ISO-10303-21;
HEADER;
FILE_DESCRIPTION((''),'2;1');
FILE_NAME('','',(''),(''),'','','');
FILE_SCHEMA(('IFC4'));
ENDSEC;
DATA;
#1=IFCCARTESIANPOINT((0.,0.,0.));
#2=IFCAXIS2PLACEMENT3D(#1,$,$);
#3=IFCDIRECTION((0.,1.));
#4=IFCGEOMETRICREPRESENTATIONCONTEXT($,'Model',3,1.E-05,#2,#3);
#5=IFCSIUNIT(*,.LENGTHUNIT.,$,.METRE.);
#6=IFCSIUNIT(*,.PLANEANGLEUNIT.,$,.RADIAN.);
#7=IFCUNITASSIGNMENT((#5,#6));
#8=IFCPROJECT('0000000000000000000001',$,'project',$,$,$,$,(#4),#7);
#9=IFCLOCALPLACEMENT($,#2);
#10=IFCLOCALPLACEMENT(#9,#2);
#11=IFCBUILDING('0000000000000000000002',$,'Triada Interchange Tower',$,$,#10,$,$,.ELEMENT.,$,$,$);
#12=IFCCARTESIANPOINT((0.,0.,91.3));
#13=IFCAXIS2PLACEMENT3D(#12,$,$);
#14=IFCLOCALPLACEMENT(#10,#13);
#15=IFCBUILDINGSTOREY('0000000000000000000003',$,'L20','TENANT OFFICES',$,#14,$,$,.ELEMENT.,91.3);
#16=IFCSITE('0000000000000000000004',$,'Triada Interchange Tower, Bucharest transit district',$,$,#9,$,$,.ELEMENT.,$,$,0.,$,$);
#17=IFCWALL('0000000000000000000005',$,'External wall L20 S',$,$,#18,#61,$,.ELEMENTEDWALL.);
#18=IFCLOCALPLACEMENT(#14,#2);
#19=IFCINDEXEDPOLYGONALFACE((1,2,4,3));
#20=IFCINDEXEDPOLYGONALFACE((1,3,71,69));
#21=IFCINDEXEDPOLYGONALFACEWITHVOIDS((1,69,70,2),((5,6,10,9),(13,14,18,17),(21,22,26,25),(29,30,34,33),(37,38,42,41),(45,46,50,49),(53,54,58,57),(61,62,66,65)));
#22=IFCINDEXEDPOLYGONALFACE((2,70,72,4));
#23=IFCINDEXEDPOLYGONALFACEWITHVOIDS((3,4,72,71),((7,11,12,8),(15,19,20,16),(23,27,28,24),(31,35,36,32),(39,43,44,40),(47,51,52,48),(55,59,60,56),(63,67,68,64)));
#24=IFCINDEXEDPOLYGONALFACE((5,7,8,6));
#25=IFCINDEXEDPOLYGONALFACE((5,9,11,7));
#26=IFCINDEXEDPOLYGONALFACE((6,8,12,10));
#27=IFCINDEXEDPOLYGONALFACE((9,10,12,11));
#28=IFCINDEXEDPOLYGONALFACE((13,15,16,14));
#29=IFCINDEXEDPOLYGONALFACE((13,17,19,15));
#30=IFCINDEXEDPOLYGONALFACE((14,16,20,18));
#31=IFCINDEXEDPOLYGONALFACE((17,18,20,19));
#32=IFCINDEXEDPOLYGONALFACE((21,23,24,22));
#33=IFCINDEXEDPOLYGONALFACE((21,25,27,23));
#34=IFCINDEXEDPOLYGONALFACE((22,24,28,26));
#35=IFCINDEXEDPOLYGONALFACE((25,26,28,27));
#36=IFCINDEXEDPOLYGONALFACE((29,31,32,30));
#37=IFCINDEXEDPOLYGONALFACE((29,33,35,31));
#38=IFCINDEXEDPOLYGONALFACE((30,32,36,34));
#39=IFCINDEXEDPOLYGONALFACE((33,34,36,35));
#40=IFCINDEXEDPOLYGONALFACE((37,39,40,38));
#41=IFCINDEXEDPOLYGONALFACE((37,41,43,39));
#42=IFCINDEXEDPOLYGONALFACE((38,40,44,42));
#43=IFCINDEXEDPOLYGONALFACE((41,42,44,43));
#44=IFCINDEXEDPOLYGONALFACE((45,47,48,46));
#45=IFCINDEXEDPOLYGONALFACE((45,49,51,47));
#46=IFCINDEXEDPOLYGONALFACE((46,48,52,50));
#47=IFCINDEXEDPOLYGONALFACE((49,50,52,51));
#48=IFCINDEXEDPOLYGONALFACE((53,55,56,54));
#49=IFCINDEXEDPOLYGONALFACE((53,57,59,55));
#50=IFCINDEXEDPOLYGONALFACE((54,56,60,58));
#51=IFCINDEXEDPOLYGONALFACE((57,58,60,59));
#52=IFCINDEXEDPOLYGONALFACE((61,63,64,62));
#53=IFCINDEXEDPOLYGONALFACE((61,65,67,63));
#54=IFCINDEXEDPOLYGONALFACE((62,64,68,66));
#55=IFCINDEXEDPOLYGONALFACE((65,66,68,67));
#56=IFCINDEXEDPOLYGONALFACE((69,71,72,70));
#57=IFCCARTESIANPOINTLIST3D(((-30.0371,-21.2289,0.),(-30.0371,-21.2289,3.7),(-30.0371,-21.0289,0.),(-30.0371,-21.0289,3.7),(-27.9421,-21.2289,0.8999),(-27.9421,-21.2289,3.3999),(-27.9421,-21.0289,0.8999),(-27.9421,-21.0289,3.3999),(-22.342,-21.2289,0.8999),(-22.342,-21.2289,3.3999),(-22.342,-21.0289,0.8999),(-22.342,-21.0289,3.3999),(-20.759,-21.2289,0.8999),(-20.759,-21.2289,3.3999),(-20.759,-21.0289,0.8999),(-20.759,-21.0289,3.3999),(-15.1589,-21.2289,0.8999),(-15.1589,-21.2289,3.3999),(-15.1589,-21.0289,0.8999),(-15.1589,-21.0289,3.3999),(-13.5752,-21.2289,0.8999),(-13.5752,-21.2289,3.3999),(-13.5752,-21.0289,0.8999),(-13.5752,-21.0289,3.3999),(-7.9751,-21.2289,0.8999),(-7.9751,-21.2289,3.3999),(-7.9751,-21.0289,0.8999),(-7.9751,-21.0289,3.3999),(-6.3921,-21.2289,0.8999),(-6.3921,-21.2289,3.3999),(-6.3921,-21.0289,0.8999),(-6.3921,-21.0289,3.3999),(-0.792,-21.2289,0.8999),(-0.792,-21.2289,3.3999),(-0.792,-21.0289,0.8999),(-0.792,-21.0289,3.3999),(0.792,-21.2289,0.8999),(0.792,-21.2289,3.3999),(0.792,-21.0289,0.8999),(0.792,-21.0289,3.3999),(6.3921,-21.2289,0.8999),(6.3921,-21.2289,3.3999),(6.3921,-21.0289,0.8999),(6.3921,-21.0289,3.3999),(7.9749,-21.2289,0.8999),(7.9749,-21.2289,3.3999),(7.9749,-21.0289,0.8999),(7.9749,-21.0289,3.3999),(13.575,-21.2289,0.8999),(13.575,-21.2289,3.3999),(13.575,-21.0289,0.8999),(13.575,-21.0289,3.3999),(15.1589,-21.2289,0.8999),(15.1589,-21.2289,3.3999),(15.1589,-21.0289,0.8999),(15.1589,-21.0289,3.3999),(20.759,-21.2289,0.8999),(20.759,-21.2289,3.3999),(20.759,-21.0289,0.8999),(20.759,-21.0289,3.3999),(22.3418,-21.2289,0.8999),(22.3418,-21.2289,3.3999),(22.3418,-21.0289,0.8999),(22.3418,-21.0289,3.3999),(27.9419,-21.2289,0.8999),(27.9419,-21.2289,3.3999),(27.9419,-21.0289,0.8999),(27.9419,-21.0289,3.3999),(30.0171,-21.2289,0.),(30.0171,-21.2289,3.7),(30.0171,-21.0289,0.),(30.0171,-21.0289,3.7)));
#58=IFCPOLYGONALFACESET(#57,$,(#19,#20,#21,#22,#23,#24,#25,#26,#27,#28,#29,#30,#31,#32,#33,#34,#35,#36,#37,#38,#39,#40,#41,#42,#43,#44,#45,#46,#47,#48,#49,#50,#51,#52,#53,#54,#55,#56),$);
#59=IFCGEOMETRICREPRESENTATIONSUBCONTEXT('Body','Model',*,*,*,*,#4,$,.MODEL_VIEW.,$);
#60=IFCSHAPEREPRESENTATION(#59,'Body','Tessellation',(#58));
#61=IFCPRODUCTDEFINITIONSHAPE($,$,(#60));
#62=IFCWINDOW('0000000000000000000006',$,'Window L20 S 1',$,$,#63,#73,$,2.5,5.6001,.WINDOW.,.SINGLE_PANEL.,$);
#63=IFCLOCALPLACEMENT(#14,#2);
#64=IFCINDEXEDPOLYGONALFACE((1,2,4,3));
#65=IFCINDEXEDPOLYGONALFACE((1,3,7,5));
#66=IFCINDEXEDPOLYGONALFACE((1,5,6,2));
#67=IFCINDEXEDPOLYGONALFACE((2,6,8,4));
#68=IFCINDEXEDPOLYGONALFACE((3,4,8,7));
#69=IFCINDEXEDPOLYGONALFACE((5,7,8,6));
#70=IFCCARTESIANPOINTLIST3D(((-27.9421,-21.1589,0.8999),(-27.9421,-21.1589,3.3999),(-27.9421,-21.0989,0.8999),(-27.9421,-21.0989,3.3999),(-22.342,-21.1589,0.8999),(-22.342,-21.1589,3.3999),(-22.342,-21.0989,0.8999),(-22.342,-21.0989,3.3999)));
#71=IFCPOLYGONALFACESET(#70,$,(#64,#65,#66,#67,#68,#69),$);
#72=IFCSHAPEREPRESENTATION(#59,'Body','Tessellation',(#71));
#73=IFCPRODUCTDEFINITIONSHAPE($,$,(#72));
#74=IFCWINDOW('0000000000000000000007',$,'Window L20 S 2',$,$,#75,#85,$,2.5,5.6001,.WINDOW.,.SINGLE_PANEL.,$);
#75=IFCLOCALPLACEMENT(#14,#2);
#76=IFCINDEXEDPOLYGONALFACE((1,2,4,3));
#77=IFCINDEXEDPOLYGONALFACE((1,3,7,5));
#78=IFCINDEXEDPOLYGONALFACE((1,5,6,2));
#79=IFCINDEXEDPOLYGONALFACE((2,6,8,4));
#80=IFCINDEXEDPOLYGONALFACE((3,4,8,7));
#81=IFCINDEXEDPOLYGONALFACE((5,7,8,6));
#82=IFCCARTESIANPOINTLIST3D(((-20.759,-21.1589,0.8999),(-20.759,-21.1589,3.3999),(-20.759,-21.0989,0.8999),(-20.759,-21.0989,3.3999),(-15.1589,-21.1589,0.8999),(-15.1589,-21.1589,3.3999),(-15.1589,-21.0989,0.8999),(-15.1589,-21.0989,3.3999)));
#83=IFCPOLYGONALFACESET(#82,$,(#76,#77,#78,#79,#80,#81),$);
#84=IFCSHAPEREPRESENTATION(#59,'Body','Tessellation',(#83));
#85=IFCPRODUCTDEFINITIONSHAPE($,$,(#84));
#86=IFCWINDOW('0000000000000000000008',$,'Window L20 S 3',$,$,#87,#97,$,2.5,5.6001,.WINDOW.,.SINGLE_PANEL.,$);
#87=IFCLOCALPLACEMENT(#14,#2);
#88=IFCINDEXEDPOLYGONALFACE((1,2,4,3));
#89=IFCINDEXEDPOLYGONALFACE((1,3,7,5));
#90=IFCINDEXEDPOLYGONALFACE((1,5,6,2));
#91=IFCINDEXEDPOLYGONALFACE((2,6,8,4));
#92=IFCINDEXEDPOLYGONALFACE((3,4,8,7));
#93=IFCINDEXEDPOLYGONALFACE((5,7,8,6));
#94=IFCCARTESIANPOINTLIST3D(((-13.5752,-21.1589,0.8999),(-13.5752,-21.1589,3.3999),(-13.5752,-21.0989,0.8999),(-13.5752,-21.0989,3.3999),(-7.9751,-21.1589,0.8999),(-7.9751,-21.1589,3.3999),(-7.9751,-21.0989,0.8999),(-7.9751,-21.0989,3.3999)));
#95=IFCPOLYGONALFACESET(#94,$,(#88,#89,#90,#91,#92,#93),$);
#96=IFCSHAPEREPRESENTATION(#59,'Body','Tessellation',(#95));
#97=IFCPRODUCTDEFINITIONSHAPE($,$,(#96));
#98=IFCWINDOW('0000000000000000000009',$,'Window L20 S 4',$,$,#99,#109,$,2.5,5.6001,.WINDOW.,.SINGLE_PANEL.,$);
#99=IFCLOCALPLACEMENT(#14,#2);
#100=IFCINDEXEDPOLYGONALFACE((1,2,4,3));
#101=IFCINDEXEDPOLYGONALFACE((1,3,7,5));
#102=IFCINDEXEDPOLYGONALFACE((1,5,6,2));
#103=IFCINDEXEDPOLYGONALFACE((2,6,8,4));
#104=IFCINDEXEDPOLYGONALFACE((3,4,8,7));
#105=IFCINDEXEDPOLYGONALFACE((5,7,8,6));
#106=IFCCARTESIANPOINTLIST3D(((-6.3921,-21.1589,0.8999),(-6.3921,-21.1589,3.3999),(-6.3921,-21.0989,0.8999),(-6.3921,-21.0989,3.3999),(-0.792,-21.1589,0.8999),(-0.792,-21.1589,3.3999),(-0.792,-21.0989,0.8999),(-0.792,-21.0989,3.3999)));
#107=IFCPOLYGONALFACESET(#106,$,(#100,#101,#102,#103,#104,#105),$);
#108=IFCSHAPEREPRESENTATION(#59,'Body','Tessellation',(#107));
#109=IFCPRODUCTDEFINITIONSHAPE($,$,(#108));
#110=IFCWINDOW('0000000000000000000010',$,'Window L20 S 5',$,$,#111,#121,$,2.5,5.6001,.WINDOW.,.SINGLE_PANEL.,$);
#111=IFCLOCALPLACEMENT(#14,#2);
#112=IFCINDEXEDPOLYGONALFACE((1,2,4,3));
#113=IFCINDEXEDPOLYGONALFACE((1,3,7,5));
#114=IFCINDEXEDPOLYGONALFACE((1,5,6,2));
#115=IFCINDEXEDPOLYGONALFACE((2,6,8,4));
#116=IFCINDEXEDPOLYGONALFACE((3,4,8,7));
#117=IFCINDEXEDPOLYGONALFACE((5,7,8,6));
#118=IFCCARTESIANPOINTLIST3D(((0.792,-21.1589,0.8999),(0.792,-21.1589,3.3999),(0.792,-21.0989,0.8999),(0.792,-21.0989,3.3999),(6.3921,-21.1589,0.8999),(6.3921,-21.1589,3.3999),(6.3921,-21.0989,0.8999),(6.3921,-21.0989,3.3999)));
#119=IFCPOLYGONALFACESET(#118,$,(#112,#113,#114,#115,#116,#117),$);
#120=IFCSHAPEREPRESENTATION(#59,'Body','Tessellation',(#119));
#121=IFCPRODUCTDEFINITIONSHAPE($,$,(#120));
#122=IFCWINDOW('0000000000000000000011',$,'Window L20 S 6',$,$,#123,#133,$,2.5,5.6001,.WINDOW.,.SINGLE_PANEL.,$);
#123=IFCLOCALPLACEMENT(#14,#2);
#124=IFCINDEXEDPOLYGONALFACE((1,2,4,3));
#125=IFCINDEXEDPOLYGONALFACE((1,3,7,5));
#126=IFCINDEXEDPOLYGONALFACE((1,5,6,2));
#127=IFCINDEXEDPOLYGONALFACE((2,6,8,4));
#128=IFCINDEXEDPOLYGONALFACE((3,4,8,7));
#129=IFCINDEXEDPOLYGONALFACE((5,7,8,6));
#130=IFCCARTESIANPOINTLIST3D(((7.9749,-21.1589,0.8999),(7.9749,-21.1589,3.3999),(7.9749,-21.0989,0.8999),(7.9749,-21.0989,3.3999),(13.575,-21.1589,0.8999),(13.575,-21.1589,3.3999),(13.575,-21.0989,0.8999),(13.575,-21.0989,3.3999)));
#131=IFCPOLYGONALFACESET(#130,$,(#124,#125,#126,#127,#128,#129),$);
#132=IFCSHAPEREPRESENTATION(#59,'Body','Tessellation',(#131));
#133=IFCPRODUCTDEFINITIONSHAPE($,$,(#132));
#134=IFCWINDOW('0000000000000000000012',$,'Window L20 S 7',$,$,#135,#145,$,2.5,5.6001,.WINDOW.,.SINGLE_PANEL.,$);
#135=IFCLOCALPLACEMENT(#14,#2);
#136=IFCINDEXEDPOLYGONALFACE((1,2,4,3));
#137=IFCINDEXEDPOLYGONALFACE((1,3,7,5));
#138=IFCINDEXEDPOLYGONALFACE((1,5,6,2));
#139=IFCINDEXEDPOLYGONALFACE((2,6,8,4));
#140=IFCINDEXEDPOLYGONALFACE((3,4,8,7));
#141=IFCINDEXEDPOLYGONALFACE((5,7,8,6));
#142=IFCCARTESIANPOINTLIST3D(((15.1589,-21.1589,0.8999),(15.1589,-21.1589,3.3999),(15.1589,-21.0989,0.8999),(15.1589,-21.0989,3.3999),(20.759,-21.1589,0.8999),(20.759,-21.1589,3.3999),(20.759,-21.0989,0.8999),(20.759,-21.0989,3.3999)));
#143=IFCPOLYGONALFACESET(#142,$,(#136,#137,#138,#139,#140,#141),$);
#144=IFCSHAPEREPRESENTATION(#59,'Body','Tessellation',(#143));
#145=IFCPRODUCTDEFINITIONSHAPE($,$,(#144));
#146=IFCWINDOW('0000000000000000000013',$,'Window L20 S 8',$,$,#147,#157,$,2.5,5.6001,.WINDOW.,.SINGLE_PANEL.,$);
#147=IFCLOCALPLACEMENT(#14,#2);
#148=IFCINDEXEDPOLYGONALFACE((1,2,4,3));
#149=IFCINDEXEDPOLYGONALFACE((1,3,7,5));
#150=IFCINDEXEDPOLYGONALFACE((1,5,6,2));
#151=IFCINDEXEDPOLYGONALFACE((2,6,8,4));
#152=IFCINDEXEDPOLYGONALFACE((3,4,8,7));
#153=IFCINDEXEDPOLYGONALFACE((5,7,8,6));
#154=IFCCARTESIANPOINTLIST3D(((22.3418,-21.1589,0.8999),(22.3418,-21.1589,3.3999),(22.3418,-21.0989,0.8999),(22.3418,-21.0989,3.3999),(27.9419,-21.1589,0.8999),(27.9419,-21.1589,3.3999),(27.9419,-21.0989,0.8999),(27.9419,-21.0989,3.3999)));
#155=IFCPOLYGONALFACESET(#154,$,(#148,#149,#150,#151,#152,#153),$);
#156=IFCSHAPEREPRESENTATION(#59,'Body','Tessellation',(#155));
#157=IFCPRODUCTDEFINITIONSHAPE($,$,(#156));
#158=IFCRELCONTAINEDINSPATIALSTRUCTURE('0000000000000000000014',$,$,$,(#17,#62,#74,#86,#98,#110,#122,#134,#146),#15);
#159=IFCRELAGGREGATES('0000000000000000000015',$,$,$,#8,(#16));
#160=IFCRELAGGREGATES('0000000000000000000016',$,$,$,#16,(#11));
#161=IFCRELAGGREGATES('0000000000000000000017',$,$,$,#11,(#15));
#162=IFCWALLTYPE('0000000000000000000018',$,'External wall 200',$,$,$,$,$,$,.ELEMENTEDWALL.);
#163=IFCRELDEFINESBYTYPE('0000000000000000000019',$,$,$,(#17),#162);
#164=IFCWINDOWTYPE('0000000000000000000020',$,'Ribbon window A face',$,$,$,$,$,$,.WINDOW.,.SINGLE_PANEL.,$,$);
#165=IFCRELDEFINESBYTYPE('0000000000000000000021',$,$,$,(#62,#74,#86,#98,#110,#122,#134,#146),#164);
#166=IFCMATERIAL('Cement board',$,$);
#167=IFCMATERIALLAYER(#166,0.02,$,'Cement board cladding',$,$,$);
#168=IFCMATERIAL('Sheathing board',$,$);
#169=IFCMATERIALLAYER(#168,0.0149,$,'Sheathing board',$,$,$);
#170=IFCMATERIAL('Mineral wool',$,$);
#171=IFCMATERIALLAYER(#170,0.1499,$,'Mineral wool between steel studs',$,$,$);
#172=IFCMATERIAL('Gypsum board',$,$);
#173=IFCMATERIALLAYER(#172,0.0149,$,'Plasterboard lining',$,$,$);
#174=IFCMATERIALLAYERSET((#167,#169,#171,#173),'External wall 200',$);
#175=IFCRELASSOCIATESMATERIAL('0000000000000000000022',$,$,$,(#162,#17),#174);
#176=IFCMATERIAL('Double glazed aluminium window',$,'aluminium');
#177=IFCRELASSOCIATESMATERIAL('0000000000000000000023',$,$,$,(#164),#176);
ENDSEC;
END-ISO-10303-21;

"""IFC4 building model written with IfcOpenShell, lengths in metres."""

from ifc_helpers import new_model, si_unit, direction, frame, frame_2d, origin, place, context, subcontext, project, spatial, rectangle, extrude, material, layer, layer_set, layer_usage, type_object, element, fill, save


model = new_model("IFC4")

# Units and contexts
model_context = context("Model", 3, precision=1e-05, world=origin(), true_north=direction((0.0, 1.0)))
body_context = subcontext(model_context, "Body", "Model", "MODEL_VIEW")
ifc_project = project(units=[si_unit("LENGTHUNIT", "METRE"), si_unit("PLANEANGLEUNIT", "RADIAN")], contexts=[model_context])

# Site, building, storey
site_placement = place(None, origin())
site = spatial("IfcSite", under=ifc_project, at=site_placement, Name="Triada Interchange Tower, Bucharest transit district", CompositionType="ELEMENT", RefElevation=0.0)
building_placement = place(site_placement, origin())
building = spatial("IfcBuilding", under=site, at=building_placement, Name="Triada Interchange Tower", CompositionType="ELEMENT")
storey_placement = place(building_placement, frame((0.0, 0.0, 91.3)))
storey = spatial("IfcBuildingStorey", under=building, at=storey_placement, Name="L20", Description="TENANT OFFICES", CompositionType="ELEMENT", Elevation=91.3)

# Shared definitions
ifc_material_1 = material(Name="Cement board")
ifc_layer_1 = layer(ifc_material_1, 0.02, Name="Cement board cladding")
ifc_material_2 = material(Name="Sheathing board")
ifc_layer_2 = layer(ifc_material_2, 0.0149, Name="Sheathing board")
ifc_material_3 = material(Name="Mineral wool")
ifc_layer_3 = layer(ifc_material_3, 0.1499, Name="Mineral wool between steel studs")
ifc_material_4 = material(Name="Gypsum board")
ifc_layer_4 = layer(ifc_material_4, 0.0149, Name="Plasterboard lining")
ifc_layer_set_1 = layer_set([ifc_layer_1, ifc_layer_2, ifc_layer_3, ifc_layer_4], Name="External wall 200")
ifc_layer_usage = layer_usage(ifc_layer_set_1, "AXIS2", "POSITIVE", -0.1001)
wall_type_1 = type_object("IfcWallType", Name="External wall 200", PredefinedType="ELEMENTEDWALL", material=ifc_layer_set_1)
ifc_material_5 = material(Name="Double glazed aluminium window", Category="aluminium")

# Wall, openings, windows
wall_1_placement = place(storey_placement, frame((-30.0371, -21.1289, 0.0), z_axis=(0.0, 0.0, 1.0), x_axis=(1.0, 0.0, 0.0)))
wall_1 = element("IfcWall", 1, at=wall_1_placement, inside=storey, type_object=wall_type_1, material=ifc_layer_usage, Name="External wall L20 S", PredefinedType="ELEMENTEDWALL", context=body_context, shape_type="SweptSolid", body=[
    extrude(rectangle(XDim=60.0542, YDim=0.2, at=frame_2d((30.0271, 0.0))), origin(), (0.0, 0.0, 1.0), 3.7),
])
opening_1_placement = place(wall_1_placement, frame((2.095, 0.0, 0.8999)))
opening_1 = element("IfcOpeningElement", 2, at=opening_1_placement, cuts=wall_1, PredefinedType="OPENING", context=body_context, shape_type="SweptSolid", body=[
    extrude(rectangle(XDim=5.6001, YDim=2.5, at=frame_2d((2.8, 1.25))), frame((0.0, 0.1099, 0.0), z_axis=(0.0, -1.0, 0.0), x_axis=(1.0, 0.0, 0.0)), (0.0, 0.0, 1.0), 0.22),
])
opening_2_placement = place(wall_1_placement, frame((9.2781, 0.0, 0.8999)))
opening_2 = element("IfcOpeningElement", 3, at=opening_2_placement, cuts=wall_1, PredefinedType="OPENING", context=body_context, shape_type="SweptSolid", body=[
    extrude(rectangle(XDim=5.6001, YDim=2.5, at=frame_2d((2.8, 1.25))), frame((0.0, 0.1099, 0.0), z_axis=(0.0, -1.0, 0.0), x_axis=(1.0, 0.0, 0.0)), (0.0, 0.0, 1.0), 0.22),
])
opening_3_placement = place(wall_1_placement, frame((16.4619, 0.0, 0.8999)))
opening_3 = element("IfcOpeningElement", 4, at=opening_3_placement, cuts=wall_1, PredefinedType="OPENING", context=body_context, shape_type="SweptSolid", body=[
    extrude(rectangle(XDim=5.6001, YDim=2.5, at=frame_2d((2.8, 1.25))), frame((0.0, 0.1099, 0.0), z_axis=(0.0, -1.0, 0.0), x_axis=(1.0, 0.0, 0.0)), (0.0, 0.0, 1.0), 0.22),
])
opening_4_placement = place(wall_1_placement, frame((23.645, 0.0, 0.8999)))
opening_4 = element("IfcOpeningElement", 5, at=opening_4_placement, cuts=wall_1, PredefinedType="OPENING", context=body_context, shape_type="SweptSolid", body=[
    extrude(rectangle(XDim=5.6001, YDim=2.5, at=frame_2d((2.8, 1.25))), frame((0.0, 0.1099, 0.0), z_axis=(0.0, -1.0, 0.0), x_axis=(1.0, 0.0, 0.0)), (0.0, 0.0, 1.0), 0.22),
])
opening_5_placement = place(wall_1_placement, frame((30.8291, 0.0, 0.8999)))
opening_5 = element("IfcOpeningElement", 6, at=opening_5_placement, cuts=wall_1, PredefinedType="OPENING", context=body_context, shape_type="SweptSolid", body=[
    extrude(rectangle(XDim=5.6001, YDim=2.5, at=frame_2d((2.8, 1.25))), frame((0.0, 0.1099, 0.0), z_axis=(0.0, -1.0, 0.0), x_axis=(1.0, 0.0, 0.0)), (0.0, 0.0, 1.0), 0.22),
])
opening_6_placement = place(wall_1_placement, frame((38.012, 0.0, 0.8999)))
opening_6 = element("IfcOpeningElement", 7, at=opening_6_placement, cuts=wall_1, PredefinedType="OPENING", context=body_context, shape_type="SweptSolid", body=[
    extrude(rectangle(XDim=5.6001, YDim=2.5, at=frame_2d((2.8, 1.25))), frame((0.0, 0.1099, 0.0), z_axis=(0.0, -1.0, 0.0), x_axis=(1.0, 0.0, 0.0)), (0.0, 0.0, 1.0), 0.22),
])
opening_7_placement = place(wall_1_placement, frame((45.196, 0.0, 0.8999)))
opening_7 = element("IfcOpeningElement", 8, at=opening_7_placement, cuts=wall_1, PredefinedType="OPENING", context=body_context, shape_type="SweptSolid", body=[
    extrude(rectangle(XDim=5.6001, YDim=2.5, at=frame_2d((2.8, 1.25))), frame((0.0, 0.1099, 0.0), z_axis=(0.0, -1.0, 0.0), x_axis=(1.0, 0.0, 0.0)), (0.0, 0.0, 1.0), 0.22),
])
opening_8_placement = place(wall_1_placement, frame((52.3789, 0.0, 0.8999)))
opening_8 = element("IfcOpeningElement", 9, at=opening_8_placement, cuts=wall_1, PredefinedType="OPENING", context=body_context, shape_type="SweptSolid", body=[
    extrude(rectangle(XDim=5.6001, YDim=2.5, at=frame_2d((2.8, 1.25))), frame((0.0, 0.1099, 0.0), z_axis=(0.0, -1.0, 0.0), x_axis=(1.0, 0.0, 0.0)), (0.0, 0.0, 1.0), 0.22),
])
window_type_1 = type_object("IfcWindowType", Name="Ribbon window A face", PartitioningType="SINGLE_PANEL", PredefinedType="WINDOW", material=ifc_material_5)
window_1_placement = place(opening_1_placement, origin())
window_1 = element("IfcWindow", 10, at=window_1_placement, inside=storey, type_object=window_type_1, Name="Window L20 S 1", OverallHeight=2.5, OverallWidth=5.6001, PartitioningType="SINGLE_PANEL", PredefinedType="WINDOW", context=body_context, shape_type="SweptSolid", body=[
    extrude(rectangle(XDim=5.6001, YDim=2.5, at=frame_2d((2.8, 1.25))), frame((0.0, 0.03, 0.0), z_axis=(0.0, -1.0, 0.0), x_axis=(1.0, 0.0, 0.0)), (0.0, 0.0, 1.0), 0.0601),
])
fill(opening_1, window_1)
window_2_placement = place(opening_2_placement, origin())
window_2 = element("IfcWindow", 11, at=window_2_placement, inside=storey, type_object=window_type_1, Name="Window L20 S 2", OverallHeight=2.5, OverallWidth=5.6001, PartitioningType="SINGLE_PANEL", PredefinedType="WINDOW", context=body_context, shape_type="SweptSolid", body=[
    extrude(rectangle(XDim=5.6001, YDim=2.5, at=frame_2d((2.8, 1.25))), frame((0.0, 0.03, 0.0), z_axis=(0.0, -1.0, 0.0), x_axis=(1.0, 0.0, 0.0)), (0.0, 0.0, 1.0), 0.0601),
])
fill(opening_2, window_2)
window_3_placement = place(opening_3_placement, origin())
window_3 = element("IfcWindow", 12, at=window_3_placement, inside=storey, type_object=window_type_1, Name="Window L20 S 3", OverallHeight=2.5, OverallWidth=5.6001, PartitioningType="SINGLE_PANEL", PredefinedType="WINDOW", context=body_context, shape_type="SweptSolid", body=[
    extrude(rectangle(XDim=5.6001, YDim=2.5, at=frame_2d((2.8, 1.25))), frame((0.0, 0.03, 0.0), z_axis=(0.0, -1.0, 0.0), x_axis=(1.0, 0.0, 0.0)), (0.0, 0.0, 1.0), 0.0601),
])
fill(opening_3, window_3)
window_4_placement = place(opening_4_placement, origin())
window_4 = element("IfcWindow", 13, at=window_4_placement, inside=storey, type_object=window_type_1, Name="Window L20 S 4", OverallHeight=2.5, OverallWidth=5.6001, PartitioningType="SINGLE_PANEL", PredefinedType="WINDOW", context=body_context, shape_type="SweptSolid", body=[
    extrude(rectangle(XDim=5.6001, YDim=2.5, at=frame_2d((2.8, 1.25))), frame((0.0, 0.03, 0.0), z_axis=(0.0, -1.0, 0.0), x_axis=(1.0, 0.0, 0.0)), (0.0, 0.0, 1.0), 0.0601),
])
fill(opening_4, window_4)
window_5_placement = place(opening_5_placement, origin())
window_5 = element("IfcWindow", 14, at=window_5_placement, inside=storey, type_object=window_type_1, Name="Window L20 S 5", OverallHeight=2.5, OverallWidth=5.6001, PartitioningType="SINGLE_PANEL", PredefinedType="WINDOW", context=body_context, shape_type="SweptSolid", body=[
    extrude(rectangle(XDim=5.6001, YDim=2.5, at=frame_2d((2.8, 1.25))), frame((0.0, 0.03, 0.0), z_axis=(0.0, -1.0, 0.0), x_axis=(1.0, 0.0, 0.0)), (0.0, 0.0, 1.0), 0.0601),
])
fill(opening_5, window_5)
window_6_placement = place(opening_6_placement, origin())
window_6 = element("IfcWindow", 15, at=window_6_placement, inside=storey, type_object=window_type_1, Name="Window L20 S 6", OverallHeight=2.5, OverallWidth=5.6001, PartitioningType="SINGLE_PANEL", PredefinedType="WINDOW", context=body_context, shape_type="SweptSolid", body=[
    extrude(rectangle(XDim=5.6001, YDim=2.5, at=frame_2d((2.8, 1.25))), frame((0.0, 0.03, 0.0), z_axis=(0.0, -1.0, 0.0), x_axis=(1.0, 0.0, 0.0)), (0.0, 0.0, 1.0), 0.0601),
])
fill(opening_6, window_6)
window_7_placement = place(opening_7_placement, origin())
window_7 = element("IfcWindow", 16, at=window_7_placement, inside=storey, type_object=window_type_1, Name="Window L20 S 7", OverallHeight=2.5, OverallWidth=5.6001, PartitioningType="SINGLE_PANEL", PredefinedType="WINDOW", context=body_context, shape_type="SweptSolid", body=[
    extrude(rectangle(XDim=5.6001, YDim=2.5, at=frame_2d((2.8, 1.25))), frame((0.0, 0.03, 0.0), z_axis=(0.0, -1.0, 0.0), x_axis=(1.0, 0.0, 0.0)), (0.0, 0.0, 1.0), 0.0601),
])
fill(opening_7, window_7)
window_8_placement = place(opening_8_placement, origin())
window_8 = element("IfcWindow", 17, at=window_8_placement, inside=storey, type_object=window_type_1, Name="Window L20 S 8", OverallHeight=2.5, OverallWidth=5.6001, PartitioningType="SINGLE_PANEL", PredefinedType="WINDOW", context=body_context, shape_type="SweptSolid", body=[
    extrude(rectangle(XDim=5.6001, YDim=2.5, at=frame_2d((2.8, 1.25))), frame((0.0, 0.03, 0.0), z_axis=(0.0, -1.0, 0.0), x_axis=(1.0, 0.0, 0.0)), (0.0, 0.0, 1.0), 0.0601),
])
fill(opening_8, window_8)

save(model, "model.ifc")
